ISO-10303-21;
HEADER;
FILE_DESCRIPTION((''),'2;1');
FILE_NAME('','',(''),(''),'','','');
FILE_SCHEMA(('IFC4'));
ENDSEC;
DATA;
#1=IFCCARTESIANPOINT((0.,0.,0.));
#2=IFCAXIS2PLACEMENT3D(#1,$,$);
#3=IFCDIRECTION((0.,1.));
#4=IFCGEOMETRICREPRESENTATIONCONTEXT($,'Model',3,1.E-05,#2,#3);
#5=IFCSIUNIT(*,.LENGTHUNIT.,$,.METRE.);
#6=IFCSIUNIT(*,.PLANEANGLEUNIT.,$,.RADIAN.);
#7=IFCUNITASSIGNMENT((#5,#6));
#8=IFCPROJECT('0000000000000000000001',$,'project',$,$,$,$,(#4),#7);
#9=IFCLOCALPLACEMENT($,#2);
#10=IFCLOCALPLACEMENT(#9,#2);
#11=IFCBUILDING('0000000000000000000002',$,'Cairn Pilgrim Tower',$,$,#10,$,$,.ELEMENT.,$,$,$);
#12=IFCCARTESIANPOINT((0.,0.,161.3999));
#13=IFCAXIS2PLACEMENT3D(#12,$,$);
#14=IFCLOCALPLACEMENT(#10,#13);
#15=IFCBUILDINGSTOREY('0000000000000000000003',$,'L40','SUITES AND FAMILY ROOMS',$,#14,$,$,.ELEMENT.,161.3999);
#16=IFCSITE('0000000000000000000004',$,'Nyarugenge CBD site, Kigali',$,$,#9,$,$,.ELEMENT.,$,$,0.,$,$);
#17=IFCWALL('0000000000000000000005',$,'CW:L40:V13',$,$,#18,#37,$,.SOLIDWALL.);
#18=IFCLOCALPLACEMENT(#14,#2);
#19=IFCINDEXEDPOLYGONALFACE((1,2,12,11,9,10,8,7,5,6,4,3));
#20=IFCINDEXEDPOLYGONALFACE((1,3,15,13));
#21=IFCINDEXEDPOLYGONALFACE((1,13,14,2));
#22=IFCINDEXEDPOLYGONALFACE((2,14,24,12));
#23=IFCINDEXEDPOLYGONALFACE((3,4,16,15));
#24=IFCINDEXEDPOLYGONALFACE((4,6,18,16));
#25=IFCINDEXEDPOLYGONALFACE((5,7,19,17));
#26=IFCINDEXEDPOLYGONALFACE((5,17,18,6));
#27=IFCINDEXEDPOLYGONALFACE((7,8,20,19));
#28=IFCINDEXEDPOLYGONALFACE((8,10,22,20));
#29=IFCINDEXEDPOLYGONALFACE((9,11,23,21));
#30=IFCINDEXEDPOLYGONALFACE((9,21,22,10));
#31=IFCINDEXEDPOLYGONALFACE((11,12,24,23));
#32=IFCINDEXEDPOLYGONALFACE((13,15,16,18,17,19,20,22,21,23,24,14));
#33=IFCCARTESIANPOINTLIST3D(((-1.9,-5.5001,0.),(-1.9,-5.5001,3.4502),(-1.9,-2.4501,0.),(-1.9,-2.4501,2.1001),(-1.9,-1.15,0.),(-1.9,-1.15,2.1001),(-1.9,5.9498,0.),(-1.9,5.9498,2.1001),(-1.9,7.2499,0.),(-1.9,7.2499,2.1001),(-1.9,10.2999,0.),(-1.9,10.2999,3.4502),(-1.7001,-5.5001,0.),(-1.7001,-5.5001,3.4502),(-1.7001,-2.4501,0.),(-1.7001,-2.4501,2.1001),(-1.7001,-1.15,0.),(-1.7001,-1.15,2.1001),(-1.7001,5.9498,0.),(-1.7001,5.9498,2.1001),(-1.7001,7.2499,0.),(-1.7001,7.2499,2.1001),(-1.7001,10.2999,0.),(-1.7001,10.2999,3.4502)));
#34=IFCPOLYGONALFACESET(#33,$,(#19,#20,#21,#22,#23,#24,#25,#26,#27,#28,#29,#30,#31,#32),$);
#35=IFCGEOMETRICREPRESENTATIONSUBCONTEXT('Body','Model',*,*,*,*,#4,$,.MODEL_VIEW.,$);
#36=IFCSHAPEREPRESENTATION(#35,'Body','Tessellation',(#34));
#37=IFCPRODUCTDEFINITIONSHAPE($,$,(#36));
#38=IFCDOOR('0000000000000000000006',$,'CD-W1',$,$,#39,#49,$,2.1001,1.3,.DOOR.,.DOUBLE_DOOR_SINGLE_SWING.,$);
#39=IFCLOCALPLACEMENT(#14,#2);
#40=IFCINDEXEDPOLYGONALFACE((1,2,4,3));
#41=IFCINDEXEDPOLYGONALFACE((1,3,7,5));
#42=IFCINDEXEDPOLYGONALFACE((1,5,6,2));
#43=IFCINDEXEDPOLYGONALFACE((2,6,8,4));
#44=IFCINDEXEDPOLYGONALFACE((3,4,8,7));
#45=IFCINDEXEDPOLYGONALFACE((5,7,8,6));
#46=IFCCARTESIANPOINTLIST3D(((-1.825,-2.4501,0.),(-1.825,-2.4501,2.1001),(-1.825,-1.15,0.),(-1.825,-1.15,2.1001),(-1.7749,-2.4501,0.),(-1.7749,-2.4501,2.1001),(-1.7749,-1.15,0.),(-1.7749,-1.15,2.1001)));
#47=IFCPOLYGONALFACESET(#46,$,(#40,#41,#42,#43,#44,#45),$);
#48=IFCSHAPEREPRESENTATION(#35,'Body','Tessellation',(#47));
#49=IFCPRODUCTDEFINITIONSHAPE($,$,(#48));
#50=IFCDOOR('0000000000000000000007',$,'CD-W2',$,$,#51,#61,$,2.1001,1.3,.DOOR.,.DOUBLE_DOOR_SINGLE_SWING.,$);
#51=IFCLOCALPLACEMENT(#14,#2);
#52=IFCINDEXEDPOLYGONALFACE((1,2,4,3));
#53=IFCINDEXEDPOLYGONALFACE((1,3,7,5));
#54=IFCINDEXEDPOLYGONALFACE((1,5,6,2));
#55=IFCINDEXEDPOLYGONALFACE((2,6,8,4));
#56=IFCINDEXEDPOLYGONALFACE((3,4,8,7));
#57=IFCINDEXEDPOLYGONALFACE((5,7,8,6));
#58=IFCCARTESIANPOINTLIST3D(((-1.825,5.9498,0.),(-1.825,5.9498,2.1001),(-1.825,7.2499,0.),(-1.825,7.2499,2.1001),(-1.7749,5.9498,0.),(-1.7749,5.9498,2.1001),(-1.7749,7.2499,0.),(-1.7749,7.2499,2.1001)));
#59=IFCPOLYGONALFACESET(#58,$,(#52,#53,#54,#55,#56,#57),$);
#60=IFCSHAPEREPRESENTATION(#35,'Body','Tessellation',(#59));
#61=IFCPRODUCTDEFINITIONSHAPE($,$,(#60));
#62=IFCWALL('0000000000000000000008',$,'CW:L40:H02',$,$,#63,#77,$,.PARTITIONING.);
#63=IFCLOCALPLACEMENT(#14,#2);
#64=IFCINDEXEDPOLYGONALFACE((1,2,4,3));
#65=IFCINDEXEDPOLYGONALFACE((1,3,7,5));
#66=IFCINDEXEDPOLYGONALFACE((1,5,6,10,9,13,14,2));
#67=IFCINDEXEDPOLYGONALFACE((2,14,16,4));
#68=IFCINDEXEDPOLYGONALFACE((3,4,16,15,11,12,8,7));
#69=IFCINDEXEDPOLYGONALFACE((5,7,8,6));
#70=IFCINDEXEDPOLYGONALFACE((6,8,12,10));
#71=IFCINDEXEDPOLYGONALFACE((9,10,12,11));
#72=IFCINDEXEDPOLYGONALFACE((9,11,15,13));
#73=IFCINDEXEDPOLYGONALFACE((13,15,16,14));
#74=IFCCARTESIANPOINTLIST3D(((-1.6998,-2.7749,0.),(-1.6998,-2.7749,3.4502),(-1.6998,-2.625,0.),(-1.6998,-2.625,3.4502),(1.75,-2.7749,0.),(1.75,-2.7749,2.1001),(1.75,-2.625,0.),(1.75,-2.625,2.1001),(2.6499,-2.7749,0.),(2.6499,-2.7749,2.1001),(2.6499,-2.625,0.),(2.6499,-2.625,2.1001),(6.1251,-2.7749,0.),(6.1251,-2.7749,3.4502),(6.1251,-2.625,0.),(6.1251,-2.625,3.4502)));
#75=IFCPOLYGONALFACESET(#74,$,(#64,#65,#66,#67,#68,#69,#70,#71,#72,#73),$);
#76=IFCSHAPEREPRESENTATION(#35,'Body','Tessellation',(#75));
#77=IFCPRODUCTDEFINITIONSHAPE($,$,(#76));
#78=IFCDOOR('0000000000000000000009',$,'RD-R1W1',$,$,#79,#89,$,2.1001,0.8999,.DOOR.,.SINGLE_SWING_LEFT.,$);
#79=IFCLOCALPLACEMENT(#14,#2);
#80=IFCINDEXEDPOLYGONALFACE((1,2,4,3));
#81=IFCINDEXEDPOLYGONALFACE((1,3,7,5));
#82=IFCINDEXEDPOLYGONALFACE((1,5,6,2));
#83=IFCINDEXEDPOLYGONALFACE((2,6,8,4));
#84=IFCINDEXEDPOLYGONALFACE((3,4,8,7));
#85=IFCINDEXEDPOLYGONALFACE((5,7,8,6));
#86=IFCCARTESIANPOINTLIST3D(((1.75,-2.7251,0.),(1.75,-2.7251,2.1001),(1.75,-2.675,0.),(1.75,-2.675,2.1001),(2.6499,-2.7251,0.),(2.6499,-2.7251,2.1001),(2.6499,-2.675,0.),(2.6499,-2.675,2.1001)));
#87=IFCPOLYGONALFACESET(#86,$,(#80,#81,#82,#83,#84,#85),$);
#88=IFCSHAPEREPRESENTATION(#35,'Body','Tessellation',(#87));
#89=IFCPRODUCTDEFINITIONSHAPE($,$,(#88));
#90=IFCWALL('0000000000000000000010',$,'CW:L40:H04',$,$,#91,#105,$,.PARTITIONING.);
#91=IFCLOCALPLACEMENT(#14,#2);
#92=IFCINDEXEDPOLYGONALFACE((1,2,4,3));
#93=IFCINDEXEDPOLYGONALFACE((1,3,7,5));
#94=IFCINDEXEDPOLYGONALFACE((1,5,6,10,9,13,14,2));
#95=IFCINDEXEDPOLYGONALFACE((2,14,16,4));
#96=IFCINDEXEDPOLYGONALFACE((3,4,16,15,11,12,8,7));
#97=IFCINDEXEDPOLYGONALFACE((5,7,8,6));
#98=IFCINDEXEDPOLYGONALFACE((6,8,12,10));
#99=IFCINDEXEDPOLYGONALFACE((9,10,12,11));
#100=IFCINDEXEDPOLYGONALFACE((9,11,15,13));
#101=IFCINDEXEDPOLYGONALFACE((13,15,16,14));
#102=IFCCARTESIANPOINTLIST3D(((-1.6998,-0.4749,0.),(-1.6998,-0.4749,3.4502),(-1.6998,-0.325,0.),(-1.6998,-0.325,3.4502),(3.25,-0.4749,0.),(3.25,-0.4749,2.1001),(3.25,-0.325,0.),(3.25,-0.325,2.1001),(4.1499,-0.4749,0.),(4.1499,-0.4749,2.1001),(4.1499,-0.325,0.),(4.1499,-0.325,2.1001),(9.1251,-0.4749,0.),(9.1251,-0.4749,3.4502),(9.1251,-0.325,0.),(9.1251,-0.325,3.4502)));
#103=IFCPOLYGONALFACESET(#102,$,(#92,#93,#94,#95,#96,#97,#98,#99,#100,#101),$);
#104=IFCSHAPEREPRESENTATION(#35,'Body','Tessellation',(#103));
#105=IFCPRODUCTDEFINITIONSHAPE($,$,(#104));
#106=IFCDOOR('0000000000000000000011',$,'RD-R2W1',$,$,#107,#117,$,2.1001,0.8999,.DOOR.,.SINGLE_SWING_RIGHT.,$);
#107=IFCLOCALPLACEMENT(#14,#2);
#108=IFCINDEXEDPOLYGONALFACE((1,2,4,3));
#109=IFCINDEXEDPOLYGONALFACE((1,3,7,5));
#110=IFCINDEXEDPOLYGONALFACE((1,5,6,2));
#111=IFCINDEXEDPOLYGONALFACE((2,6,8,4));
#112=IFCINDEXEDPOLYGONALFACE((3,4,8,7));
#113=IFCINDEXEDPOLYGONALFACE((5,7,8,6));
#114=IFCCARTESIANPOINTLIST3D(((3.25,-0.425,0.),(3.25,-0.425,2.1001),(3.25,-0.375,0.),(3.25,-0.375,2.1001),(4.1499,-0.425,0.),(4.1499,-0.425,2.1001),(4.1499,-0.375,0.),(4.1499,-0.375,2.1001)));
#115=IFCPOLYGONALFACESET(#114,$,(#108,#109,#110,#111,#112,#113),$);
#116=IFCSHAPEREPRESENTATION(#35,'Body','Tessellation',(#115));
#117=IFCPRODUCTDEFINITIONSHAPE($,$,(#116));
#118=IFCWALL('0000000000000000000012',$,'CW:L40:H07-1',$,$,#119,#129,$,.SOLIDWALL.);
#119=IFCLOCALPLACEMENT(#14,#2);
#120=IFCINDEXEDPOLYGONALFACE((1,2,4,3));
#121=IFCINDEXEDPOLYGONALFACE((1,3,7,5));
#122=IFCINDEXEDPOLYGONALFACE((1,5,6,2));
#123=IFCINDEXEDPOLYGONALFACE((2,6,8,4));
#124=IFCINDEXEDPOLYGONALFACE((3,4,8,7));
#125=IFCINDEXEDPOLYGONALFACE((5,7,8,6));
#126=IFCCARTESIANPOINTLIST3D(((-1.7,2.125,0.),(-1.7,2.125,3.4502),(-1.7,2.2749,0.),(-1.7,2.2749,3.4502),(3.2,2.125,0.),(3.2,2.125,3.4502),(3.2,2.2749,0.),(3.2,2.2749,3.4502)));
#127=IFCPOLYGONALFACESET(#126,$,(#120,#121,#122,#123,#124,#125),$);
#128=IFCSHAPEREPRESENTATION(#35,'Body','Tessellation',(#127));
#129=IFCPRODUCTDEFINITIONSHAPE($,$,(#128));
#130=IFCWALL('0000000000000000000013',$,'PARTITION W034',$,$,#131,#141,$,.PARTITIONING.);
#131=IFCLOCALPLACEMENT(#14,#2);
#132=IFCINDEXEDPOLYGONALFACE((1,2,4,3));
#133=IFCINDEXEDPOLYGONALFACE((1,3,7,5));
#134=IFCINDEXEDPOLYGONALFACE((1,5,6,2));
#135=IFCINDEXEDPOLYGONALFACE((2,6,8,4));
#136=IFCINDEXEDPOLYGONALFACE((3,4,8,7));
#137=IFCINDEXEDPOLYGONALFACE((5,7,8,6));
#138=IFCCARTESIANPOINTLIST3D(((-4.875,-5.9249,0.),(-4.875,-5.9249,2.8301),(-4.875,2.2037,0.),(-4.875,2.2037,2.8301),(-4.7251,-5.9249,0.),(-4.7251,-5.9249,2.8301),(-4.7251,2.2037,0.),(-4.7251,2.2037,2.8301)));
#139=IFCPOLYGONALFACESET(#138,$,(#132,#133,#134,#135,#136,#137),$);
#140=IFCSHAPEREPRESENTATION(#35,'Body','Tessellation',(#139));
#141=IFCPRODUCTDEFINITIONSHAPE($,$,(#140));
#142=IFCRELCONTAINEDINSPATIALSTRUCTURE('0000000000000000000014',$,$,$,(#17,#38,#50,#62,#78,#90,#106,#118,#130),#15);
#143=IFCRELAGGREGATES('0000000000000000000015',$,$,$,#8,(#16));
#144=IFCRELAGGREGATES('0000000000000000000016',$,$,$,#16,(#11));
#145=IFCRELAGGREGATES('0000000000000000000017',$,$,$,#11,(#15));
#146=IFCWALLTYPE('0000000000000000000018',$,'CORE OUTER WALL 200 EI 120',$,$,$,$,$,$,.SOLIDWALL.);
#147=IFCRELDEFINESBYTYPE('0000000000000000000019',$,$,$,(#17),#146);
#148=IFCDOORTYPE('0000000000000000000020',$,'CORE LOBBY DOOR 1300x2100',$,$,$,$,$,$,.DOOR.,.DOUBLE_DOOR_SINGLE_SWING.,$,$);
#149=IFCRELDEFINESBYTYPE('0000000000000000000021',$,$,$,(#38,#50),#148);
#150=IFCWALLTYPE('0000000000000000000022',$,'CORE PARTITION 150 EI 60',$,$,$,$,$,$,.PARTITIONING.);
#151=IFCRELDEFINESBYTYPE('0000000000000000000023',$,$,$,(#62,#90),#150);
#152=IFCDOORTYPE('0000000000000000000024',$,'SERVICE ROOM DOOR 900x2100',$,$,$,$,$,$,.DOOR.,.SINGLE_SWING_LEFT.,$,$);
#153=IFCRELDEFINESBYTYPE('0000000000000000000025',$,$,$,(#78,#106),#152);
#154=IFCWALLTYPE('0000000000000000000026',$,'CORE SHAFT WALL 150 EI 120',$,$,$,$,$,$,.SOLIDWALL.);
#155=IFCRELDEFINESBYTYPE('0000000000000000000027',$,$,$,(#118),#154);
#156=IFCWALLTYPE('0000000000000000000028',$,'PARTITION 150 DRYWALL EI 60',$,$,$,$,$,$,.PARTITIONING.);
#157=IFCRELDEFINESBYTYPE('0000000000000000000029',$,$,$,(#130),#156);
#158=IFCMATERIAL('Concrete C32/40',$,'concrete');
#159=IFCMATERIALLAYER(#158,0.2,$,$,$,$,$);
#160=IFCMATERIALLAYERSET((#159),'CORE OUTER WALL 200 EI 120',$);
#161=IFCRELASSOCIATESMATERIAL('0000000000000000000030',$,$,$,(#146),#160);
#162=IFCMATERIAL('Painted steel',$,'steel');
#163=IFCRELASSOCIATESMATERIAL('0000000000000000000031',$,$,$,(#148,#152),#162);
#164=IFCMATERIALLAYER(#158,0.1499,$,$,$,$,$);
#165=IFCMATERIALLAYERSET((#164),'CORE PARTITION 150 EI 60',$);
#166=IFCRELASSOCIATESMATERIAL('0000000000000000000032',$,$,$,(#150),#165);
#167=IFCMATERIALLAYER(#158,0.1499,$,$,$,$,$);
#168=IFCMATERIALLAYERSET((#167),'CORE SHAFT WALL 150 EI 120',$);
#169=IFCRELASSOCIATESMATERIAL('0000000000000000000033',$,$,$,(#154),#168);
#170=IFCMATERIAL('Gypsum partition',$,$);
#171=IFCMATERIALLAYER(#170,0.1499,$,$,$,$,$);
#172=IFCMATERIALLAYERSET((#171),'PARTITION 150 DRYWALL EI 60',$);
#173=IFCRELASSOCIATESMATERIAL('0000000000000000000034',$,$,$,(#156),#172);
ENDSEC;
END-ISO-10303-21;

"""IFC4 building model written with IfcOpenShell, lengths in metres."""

from ifc_helpers import new_model, si_unit, direction, frame, frame_2d, origin, place, context, subcontext, project, spatial, rectangle, extrude, material, layer, layer_set, type_object, element, fill, save


model = new_model("IFC4")

# Units and contexts
model_context = context("Model", 3, precision=1e-05, world=origin(), true_north=direction((0.0, 1.0)))
body_context = subcontext(model_context, "Body", "Model", "MODEL_VIEW")
ifc_project = project(units=[si_unit("LENGTHUNIT", "METRE"), si_unit("PLANEANGLEUNIT", "RADIAN")], contexts=[model_context])

# Site, building, storey
site_placement = place(None, origin())
site = spatial("IfcSite", under=ifc_project, at=site_placement, Name="Nyarugenge CBD site, Kigali", CompositionType="ELEMENT", RefElevation=0.0)
building_placement = place(site_placement, origin())
building = spatial("IfcBuilding", under=site, at=building_placement, Name="Cairn Pilgrim Tower", CompositionType="ELEMENT")
storey_placement = place(building_placement, frame((0.0, 0.0, 161.3999)))
storey = spatial("IfcBuildingStorey", under=building, at=storey_placement, Name="L40", Description="SUITES AND FAMILY ROOMS", CompositionType="ELEMENT", Elevation=161.3999)

# Shared definitions
ifc_material_1 = material(Name="Concrete C32/40", Category="concrete")
ifc_layer_1 = layer(ifc_material_1, 0.2)
ifc_layer_set_1 = layer_set([ifc_layer_1], Name="CORE OUTER WALL 200 EI 120")
wall_type_1 = type_object("IfcWallType", Name="CORE OUTER WALL 200 EI 120", PredefinedType="SOLIDWALL", material=ifc_layer_set_1)

# Wall, openings, doors
wall_1_placement = place(storey_placement, frame((-1.8, -5.5, 0.0), z_axis=(0.0, 0.0, 1.0), x_axis=(0.0, 1.0, 0.0)))
wall_1 = element("IfcWall", 1, at=wall_1_placement, inside=storey, type_object=wall_type_1, Name="CW:L40:V13", PredefinedType="SOLIDWALL", context=body_context, shape_type="SweptSolid", body=[
    extrude(rectangle(XDim=15.8, YDim=0.2, at=frame_2d((7.8999, 0.0))), origin(), (0.0, 0.0, 1.0), 3.4502),
])
opening_1_placement = place(wall_1_placement, frame((3.05, 0.0, 0.0)))
opening_1 = element("IfcOpeningElement", 2, at=opening_1_placement, cuts=wall_1, PredefinedType="OPENING", context=body_context, shape_type="SweptSolid", body=[
    extrude(rectangle(XDim=1.3, YDim=2.1001, at=frame_2d((0.6499, 1.05))), frame((0.0, 0.1099, 0.0), z_axis=(0.0, -1.0, 0.0), x_axis=(1.0, 0.0, 0.0)), (0.0, 0.0, 1.0), 0.22),
])
opening_2_placement = place(wall_1_placement, frame((11.45, 0.0, 0.0)))
opening_2 = element("IfcOpeningElement", 3, at=opening_2_placement, cuts=wall_1, PredefinedType="OPENING", context=body_context, shape_type="SweptSolid", body=[
    extrude(rectangle(XDim=1.3, YDim=2.1001, at=frame_2d((0.6499, 1.05))), frame((0.0, 0.1099, 0.0), z_axis=(0.0, -1.0, 0.0), x_axis=(1.0, 0.0, 0.0)), (0.0, 0.0, 1.0), 0.22),
])
ifc_material_2 = material(Name="Painted steel", Category="steel")
door_type_1 = type_object("IfcDoorType", Name="CORE LOBBY DOOR 1300x2100", OperationType="DOUBLE_DOOR_SINGLE_SWING", PredefinedType="DOOR", material=ifc_material_2)
door_1_placement = place(opening_1_placement, origin())
door_1 = element("IfcDoor", 4, at=door_1_placement, inside=storey, type_object=door_type_1, Name="CD-W1", OperationType="DOUBLE_DOOR_SINGLE_SWING", OverallHeight=2.1001, OverallWidth=1.3, PredefinedType="DOOR", context=body_context, shape_type="SweptSolid", body=[
    extrude(rectangle(XDim=1.3, YDim=2.1001, at=frame_2d((0.6499, 1.05))), frame((0.0, 0.0249, 0.0), z_axis=(0.0, -1.0, 0.0), x_axis=(1.0, 0.0, 0.0)), (0.0, 0.0, 1.0), 0.05),
])
fill(opening_1, door_1)
door_2_placement = place(opening_2_placement, origin())
door_2 = element("IfcDoor", 5, at=door_2_placement, inside=storey, type_object=door_type_1, Name="CD-W2", OperationType="DOUBLE_DOOR_SINGLE_SWING", OverallHeight=2.1001, OverallWidth=1.3, PredefinedType="DOOR", context=body_context, shape_type="SweptSolid", body=[
    extrude(rectangle(XDim=1.3, YDim=2.1001, at=frame_2d((0.6499, 1.05))), frame((0.0, 0.0249, 0.0), z_axis=(0.0, -1.0, 0.0), x_axis=(1.0, 0.0, 0.0)), (0.0, 0.0, 1.0), 0.05),
])
fill(opening_2, door_2)

# Walls, openings, doors
ifc_layer_2 = layer(ifc_material_1, 0.1499)
ifc_layer_set_2 = layer_set([ifc_layer_2], Name="CORE PARTITION 150 EI 60")
wall_type_2 = type_object("IfcWallType", Name="CORE PARTITION 150 EI 60", PredefinedType="PARTITIONING", material=ifc_layer_set_2)
wall_2_placement = place(storey_placement, frame((-1.7, -2.7, 0.0), z_axis=(0.0, 0.0, 1.0), x_axis=(1.0, 0.0, 0.0)))
wall_2 = element("IfcWall", 6, at=wall_2_placement, inside=storey, type_object=wall_type_2, Name="CW:L40:H02", PredefinedType="PARTITIONING", context=body_context, shape_type="SweptSolid", body=[
    extrude(rectangle(XDim=7.825, YDim=0.1499, at=frame_2d((3.9126, 0.0))), origin(), (0.0, 0.0, 1.0), 3.4502),
])
opening_3_placement = place(wall_2_placement, frame((3.45, 0.0, 0.0)))
opening_3 = element("IfcOpeningElement", 7, at=opening_3_placement, cuts=wall_2, PredefinedType="OPENING", context=body_context, shape_type="SweptSolid", body=[
    extrude(rectangle(XDim=0.8999, YDim=2.1001, at=frame_2d((0.45, 1.05))), frame((0.0, 0.085, 0.0), z_axis=(0.0, -1.0, 0.0), x_axis=(1.0, 0.0, 0.0)), (0.0, 0.0, 1.0), 0.1699),
])
door_type_2 = type_object("IfcDoorType", Name="SERVICE ROOM DOOR 900x2100", OperationType="SINGLE_SWING_LEFT", PredefinedType="DOOR", material=ifc_material_2)
door_3_placement = place(opening_3_placement, origin())
door_3 = element("IfcDoor", 8, at=door_3_placement, inside=storey, type_object=door_type_2, Name="RD-R1W1", OperationType="SINGLE_SWING_LEFT", OverallHeight=2.1001, OverallWidth=0.8999, PredefinedType="DOOR", context=body_context, shape_type="SweptSolid", body=[
    extrude(rectangle(XDim=0.8999, YDim=2.1001, at=frame_2d((0.45, 1.05))), frame((0.0, 0.0249, 0.0), z_axis=(0.0, -1.0, 0.0), x_axis=(1.0, 0.0, 0.0)), (0.0, 0.0, 1.0), 0.05),
])
fill(opening_3, door_3)
wall_3_placement = place(storey_placement, frame((-1.7, -0.3999, 0.0), z_axis=(0.0, 0.0, 1.0), x_axis=(1.0, 0.0, 0.0)))
wall_3 = element("IfcWall", 9, at=wall_3_placement, inside=storey, type_object=wall_type_2, Name="CW:L40:H04", PredefinedType="PARTITIONING", context=body_context, shape_type="SweptSolid", body=[
    extrude(rectangle(XDim=10.825, YDim=0.1499, at=frame_2d((5.4126, 0.0))), origin(), (0.0, 0.0, 1.0), 3.4502),
])
opening_4_placement = place(wall_3_placement, frame((4.95, 0.0, 0.0)))
opening_4 = element("IfcOpeningElement", 10, at=opening_4_placement, cuts=wall_3, PredefinedType="OPENING", context=body_context, shape_type="SweptSolid", body=[
    extrude(rectangle(XDim=0.8999, YDim=2.1001, at=frame_2d((0.45, 1.05))), frame((0.0, 0.085, 0.0), z_axis=(0.0, -1.0, 0.0), x_axis=(1.0, 0.0, 0.0)), (0.0, 0.0, 1.0), 0.1699),
])
door_4_placement = place(opening_4_placement, origin())
door_4 = element("IfcDoor", 11, at=door_4_placement, inside=storey, type_object=door_type_2, Name="RD-R2W1", OperationType="SINGLE_SWING_RIGHT", OverallHeight=2.1001, OverallWidth=0.8999, PredefinedType="DOOR", context=body_context, shape_type="SweptSolid", body=[
    extrude(rectangle(XDim=0.8999, YDim=2.1001, at=frame_2d((0.45, 1.05))), frame((0.0, 0.0249, 0.0), z_axis=(0.0, -1.0, 0.0), x_axis=(1.0, 0.0, 0.0)), (0.0, 0.0, 1.0), 0.05),
])
fill(opening_4, door_4)

# Walls
ifc_layer_3 = layer(ifc_material_1, 0.1499)
ifc_layer_set_3 = layer_set([ifc_layer_3], Name="CORE SHAFT WALL 150 EI 120")
wall_type_3 = type_object("IfcWallType", Name="CORE SHAFT WALL 150 EI 120", PredefinedType="SOLIDWALL", material=ifc_layer_set_3)
wall_4_placement = place(storey_placement, frame((-1.7, 2.2, 0.0), z_axis=(0.0, 0.0, 1.0), x_axis=(1.0, 0.0, 0.0)))
element("IfcWall", 12, at=wall_4_placement, inside=storey, type_object=wall_type_3, Name="CW:L40:H07-1", PredefinedType="SOLIDWALL", context=body_context, shape_type="SweptSolid", body=[
    extrude(rectangle(XDim=4.8999, YDim=0.1499, at=frame_2d((2.45, 0.0))), origin(), (0.0, 0.0, 1.0), 3.4502),
])
ifc_material_3 = material(Name="Gypsum partition")
ifc_layer_4 = layer(ifc_material_3, 0.1499)
ifc_layer_set_4 = layer_set([ifc_layer_4], Name="PARTITION 150 DRYWALL EI 60")
wall_type_4 = type_object("IfcWallType", Name="PARTITION 150 DRYWALL EI 60", PredefinedType="PARTITIONING", material=ifc_layer_set_4)
wall_5_placement = place(storey_placement, frame((-4.8, -5.925, 0.0), z_axis=(0.0, 0.0, 1.0), x_axis=(0.0, 1.0, 0.0)))
element("IfcWall", 13, at=wall_5_placement, inside=storey, type_object=wall_type_4, Name="PARTITION W034", PredefinedType="PARTITIONING", context=body_context, shape_type="SweptSolid", body=[
    extrude(rectangle(XDim=8.1287, YDim=0.1499, at=frame_2d((4.0645, 0.0))), origin(), (0.0, 0.0, 1.0), 2.8301),
])

save(model, "model.ifc")
